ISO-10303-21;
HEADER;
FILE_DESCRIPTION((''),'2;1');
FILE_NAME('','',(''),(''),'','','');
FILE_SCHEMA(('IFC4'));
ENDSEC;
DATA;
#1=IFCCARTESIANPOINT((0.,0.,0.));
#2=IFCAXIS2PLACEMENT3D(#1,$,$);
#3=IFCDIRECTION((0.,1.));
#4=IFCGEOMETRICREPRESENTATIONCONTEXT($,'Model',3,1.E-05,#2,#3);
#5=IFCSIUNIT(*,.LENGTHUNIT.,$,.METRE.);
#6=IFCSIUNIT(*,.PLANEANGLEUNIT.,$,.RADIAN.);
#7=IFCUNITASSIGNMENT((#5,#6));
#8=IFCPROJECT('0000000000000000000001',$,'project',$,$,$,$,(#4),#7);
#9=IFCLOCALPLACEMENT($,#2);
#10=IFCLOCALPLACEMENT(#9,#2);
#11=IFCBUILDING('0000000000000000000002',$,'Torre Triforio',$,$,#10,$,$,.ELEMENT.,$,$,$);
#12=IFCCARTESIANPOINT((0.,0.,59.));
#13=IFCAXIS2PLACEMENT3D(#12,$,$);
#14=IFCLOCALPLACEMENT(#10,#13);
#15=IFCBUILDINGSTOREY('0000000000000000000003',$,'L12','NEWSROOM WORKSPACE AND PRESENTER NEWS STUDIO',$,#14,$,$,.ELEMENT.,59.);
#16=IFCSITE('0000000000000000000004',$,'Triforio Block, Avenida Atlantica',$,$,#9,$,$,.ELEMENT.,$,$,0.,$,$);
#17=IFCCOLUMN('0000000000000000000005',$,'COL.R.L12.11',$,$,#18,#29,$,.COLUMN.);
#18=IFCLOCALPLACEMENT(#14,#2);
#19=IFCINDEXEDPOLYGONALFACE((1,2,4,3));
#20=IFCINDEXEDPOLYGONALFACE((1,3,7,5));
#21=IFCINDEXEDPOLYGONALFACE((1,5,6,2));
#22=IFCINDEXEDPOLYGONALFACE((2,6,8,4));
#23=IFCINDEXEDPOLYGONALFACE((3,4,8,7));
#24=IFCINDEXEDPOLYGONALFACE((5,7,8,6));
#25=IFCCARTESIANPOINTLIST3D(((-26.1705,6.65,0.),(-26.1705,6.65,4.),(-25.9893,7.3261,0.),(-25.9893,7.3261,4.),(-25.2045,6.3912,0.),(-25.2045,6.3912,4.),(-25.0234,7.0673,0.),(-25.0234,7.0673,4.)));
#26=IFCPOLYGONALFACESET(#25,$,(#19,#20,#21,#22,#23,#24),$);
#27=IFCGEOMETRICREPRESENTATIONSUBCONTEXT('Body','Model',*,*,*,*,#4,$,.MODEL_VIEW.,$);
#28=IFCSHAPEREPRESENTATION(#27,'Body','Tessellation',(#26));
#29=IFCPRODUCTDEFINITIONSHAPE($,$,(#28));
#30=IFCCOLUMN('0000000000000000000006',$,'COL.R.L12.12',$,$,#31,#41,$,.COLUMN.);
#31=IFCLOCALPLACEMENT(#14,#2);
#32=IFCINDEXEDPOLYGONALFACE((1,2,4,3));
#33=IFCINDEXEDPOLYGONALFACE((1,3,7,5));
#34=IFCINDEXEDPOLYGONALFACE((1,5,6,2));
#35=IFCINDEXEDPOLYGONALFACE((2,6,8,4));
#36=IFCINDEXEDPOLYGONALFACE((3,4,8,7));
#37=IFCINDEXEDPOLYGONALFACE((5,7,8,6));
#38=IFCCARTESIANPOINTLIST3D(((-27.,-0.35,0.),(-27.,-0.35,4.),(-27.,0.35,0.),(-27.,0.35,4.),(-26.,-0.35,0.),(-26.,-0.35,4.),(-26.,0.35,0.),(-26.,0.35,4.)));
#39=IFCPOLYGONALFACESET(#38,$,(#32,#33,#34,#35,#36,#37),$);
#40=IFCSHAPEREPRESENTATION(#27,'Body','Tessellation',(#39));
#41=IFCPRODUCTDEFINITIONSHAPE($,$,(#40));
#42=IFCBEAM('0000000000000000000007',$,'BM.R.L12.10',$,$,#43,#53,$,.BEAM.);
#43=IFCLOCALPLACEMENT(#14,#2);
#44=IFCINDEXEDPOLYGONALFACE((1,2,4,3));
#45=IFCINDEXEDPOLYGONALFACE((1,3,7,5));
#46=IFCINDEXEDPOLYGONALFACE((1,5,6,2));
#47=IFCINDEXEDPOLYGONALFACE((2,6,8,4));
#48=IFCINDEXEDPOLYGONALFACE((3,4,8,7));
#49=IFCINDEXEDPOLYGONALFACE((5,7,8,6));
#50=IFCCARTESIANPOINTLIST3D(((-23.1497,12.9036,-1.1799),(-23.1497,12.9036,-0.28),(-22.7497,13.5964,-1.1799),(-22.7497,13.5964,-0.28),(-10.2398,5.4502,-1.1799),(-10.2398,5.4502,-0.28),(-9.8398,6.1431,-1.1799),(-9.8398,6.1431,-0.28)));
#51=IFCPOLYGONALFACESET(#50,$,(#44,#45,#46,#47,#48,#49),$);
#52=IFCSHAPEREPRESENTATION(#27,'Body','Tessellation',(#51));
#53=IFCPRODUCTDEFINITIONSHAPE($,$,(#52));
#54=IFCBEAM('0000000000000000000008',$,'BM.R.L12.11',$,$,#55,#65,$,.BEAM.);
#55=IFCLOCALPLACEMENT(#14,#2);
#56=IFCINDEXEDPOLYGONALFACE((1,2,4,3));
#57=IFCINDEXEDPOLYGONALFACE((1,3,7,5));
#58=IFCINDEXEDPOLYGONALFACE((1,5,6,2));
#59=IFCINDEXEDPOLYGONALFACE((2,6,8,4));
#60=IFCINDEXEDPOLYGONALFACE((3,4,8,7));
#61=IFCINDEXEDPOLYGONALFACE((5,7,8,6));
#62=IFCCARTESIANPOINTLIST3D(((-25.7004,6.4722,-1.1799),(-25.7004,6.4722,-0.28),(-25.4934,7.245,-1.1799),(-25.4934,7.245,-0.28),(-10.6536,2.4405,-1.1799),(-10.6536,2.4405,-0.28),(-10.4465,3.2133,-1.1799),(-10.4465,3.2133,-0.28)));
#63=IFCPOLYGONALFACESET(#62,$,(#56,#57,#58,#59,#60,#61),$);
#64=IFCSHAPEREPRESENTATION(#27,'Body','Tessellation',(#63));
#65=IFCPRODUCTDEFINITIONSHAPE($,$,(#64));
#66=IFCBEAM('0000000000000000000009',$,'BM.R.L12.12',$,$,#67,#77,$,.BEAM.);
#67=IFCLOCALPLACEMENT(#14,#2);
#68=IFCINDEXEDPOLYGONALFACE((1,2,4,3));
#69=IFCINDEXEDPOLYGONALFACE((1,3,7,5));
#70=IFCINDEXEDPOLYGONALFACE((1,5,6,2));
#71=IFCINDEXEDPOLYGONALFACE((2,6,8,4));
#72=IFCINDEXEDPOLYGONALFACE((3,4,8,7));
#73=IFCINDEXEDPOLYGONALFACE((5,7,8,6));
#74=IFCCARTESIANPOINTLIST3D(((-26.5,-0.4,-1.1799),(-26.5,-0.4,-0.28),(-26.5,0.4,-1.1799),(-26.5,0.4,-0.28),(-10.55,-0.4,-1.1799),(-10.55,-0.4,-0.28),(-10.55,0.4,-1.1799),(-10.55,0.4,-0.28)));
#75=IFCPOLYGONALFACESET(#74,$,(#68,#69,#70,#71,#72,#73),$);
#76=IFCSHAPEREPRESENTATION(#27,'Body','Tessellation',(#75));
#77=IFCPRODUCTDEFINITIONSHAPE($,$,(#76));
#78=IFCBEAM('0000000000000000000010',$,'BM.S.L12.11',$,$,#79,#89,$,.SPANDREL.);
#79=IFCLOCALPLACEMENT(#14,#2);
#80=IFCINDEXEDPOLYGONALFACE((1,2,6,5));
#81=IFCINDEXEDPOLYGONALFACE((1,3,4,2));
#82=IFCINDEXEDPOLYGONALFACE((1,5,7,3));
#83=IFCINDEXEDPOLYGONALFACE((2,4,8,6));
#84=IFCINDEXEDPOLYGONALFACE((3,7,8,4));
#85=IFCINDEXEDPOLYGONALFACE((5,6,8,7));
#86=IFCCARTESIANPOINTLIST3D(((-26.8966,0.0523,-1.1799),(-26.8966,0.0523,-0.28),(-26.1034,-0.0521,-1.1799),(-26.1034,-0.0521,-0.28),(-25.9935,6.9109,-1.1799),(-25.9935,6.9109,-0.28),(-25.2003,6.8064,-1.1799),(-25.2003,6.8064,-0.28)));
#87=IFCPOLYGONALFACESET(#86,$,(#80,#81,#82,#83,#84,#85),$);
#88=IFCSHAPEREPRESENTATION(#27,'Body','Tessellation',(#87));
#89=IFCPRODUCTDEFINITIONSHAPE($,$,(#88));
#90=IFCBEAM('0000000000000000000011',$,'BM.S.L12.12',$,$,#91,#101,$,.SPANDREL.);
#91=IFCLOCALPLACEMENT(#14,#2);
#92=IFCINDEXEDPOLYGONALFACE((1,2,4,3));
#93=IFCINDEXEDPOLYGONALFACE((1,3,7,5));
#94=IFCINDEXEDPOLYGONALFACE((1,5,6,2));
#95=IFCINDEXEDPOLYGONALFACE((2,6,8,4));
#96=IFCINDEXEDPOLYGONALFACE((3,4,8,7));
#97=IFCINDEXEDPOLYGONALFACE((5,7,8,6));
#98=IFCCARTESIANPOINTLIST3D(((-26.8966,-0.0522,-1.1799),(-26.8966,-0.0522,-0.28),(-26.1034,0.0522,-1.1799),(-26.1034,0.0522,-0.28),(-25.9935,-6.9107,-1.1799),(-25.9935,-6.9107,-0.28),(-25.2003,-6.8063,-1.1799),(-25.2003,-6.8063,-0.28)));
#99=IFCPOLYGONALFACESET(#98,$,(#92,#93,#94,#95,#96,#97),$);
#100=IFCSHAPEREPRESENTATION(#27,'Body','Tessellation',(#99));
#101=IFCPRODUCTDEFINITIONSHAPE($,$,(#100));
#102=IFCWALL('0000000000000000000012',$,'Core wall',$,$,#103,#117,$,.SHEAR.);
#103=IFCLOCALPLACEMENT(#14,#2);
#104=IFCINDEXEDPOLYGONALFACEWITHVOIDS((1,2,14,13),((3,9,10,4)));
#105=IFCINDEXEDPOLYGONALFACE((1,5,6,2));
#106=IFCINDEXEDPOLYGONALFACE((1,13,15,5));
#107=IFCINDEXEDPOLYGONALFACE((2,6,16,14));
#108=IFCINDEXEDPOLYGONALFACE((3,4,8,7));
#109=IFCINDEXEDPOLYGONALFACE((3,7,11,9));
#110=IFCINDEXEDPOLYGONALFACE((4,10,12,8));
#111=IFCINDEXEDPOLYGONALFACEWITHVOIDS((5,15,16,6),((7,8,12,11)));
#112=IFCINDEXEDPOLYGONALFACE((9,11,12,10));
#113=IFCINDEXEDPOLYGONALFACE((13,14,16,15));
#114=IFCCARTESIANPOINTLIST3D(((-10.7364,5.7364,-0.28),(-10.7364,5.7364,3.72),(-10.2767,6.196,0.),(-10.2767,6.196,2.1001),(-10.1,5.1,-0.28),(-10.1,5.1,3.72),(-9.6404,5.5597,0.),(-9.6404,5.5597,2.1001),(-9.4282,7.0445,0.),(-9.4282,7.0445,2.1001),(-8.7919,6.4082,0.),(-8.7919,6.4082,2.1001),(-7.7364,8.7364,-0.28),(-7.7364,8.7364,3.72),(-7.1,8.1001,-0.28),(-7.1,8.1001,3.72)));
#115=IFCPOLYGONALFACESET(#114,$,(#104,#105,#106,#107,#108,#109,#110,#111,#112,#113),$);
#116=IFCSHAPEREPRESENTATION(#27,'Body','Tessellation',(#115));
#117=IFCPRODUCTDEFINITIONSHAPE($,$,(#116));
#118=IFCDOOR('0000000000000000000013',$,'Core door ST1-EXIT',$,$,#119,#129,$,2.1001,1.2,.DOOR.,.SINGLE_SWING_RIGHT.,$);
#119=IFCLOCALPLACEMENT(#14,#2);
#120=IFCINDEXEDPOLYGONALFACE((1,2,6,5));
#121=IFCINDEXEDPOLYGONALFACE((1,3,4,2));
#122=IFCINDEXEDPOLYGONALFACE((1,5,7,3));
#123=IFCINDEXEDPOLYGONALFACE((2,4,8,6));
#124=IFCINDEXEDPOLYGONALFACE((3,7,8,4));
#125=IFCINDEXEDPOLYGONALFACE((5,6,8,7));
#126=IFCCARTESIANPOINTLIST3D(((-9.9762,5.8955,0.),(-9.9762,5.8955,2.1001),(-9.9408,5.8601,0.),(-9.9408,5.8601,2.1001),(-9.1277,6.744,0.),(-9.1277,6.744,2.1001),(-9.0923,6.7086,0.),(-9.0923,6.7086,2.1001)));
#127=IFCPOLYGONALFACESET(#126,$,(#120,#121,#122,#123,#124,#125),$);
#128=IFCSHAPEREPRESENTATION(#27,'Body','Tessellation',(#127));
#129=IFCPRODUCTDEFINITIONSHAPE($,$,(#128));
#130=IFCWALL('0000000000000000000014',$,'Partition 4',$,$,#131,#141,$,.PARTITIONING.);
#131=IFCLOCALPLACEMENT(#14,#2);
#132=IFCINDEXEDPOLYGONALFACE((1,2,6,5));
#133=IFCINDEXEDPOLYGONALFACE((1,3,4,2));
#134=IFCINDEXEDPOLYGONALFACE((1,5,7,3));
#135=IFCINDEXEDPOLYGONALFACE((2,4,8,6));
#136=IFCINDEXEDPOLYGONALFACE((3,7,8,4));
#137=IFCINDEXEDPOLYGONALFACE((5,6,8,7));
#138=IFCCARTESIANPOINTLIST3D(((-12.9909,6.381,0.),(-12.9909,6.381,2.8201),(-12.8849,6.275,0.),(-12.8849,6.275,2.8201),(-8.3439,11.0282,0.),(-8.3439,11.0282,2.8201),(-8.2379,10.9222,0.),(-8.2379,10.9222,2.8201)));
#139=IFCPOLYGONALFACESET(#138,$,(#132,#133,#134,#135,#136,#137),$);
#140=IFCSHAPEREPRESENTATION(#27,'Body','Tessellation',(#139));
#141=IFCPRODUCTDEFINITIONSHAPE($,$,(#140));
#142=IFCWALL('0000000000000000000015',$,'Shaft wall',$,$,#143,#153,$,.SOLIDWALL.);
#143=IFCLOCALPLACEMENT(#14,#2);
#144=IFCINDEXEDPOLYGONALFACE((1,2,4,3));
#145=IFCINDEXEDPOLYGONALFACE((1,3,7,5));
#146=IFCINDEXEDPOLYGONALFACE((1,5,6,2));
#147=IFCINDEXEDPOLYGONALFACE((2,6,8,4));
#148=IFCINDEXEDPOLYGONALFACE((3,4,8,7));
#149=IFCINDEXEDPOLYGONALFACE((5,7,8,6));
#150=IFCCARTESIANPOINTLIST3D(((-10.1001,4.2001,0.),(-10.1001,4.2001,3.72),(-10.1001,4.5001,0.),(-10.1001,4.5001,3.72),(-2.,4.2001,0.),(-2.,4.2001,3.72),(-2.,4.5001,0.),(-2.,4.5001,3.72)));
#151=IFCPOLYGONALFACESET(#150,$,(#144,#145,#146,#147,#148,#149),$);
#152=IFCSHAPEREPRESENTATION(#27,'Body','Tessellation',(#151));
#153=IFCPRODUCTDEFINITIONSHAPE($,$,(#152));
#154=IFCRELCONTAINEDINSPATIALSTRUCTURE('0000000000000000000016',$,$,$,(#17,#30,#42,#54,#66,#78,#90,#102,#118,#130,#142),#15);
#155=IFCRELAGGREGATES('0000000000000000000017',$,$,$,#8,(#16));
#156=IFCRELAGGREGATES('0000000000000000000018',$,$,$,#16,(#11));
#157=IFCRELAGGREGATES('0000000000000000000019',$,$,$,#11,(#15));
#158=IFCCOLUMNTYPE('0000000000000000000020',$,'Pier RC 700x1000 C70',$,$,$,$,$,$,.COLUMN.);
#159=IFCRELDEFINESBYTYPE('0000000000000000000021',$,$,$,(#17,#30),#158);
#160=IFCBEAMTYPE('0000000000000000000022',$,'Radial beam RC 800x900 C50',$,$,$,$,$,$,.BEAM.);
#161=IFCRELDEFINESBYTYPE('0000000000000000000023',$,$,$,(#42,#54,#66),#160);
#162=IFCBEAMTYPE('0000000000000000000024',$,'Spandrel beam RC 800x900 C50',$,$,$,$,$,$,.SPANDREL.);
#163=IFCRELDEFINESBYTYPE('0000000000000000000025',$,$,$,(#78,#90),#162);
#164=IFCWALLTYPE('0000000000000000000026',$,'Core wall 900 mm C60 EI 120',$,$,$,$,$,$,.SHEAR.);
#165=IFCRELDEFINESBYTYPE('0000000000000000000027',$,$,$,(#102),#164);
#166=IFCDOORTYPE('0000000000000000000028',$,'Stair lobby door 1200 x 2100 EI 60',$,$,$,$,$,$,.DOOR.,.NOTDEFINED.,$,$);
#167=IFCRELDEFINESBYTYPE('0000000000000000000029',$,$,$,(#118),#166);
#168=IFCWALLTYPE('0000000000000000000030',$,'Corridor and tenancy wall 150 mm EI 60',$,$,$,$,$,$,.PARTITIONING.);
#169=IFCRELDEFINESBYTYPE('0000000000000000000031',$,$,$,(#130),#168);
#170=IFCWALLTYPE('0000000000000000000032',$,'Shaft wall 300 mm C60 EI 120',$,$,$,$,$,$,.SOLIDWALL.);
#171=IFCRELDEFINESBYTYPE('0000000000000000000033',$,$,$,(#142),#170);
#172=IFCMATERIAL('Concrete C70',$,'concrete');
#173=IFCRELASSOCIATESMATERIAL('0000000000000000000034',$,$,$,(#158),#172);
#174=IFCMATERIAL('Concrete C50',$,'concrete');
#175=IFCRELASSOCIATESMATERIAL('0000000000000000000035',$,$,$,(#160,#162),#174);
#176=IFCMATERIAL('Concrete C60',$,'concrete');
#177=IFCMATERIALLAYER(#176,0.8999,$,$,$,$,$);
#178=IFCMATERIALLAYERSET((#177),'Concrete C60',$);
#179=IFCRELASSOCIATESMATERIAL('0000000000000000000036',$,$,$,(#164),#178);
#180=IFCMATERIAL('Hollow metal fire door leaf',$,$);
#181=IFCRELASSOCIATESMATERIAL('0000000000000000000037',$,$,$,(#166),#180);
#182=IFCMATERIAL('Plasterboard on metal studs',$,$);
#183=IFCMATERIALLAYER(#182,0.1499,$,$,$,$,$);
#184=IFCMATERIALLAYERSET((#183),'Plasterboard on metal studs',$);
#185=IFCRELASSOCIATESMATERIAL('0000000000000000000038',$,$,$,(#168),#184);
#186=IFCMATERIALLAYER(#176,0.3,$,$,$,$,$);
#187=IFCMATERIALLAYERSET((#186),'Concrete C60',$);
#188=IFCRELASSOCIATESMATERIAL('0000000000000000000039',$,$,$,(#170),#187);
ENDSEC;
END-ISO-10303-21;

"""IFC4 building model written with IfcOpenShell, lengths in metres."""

from ifc_helpers import new_model, si_unit, direction, frame, frame_2d, origin, origin_2d, place, context, subcontext, project, spatial, rectangle, extrude, material, layer, layer_set, material_profile, profile_set, type_object, element, fill, save


model = new_model("IFC4")

# Units and contexts
model_context = context("Model", 3, precision=1e-05, world=origin(), true_north=direction((0.0, 1.0)))
body_context = subcontext(model_context, "Body", "Model", "MODEL_VIEW")
ifc_project = project(units=[si_unit("LENGTHUNIT", "METRE"), si_unit("PLANEANGLEUNIT", "RADIAN")], contexts=[model_context])

# Site, building, storey
site_placement = place(None, origin())
site = spatial("IfcSite", under=ifc_project, at=site_placement, Name="Triforio Block, Avenida Atlantica", CompositionType="ELEMENT", RefElevation=0.0)
building_placement = place(site_placement, origin())
building = spatial("IfcBuilding", under=site, at=building_placement, Name="Torre Triforio", CompositionType="ELEMENT")
storey_placement = place(building_placement, frame((0.0, 0.0, 59.0)))
storey = spatial("IfcBuildingStorey", under=building, at=storey_placement, Name="L12", Description="NEWSROOM WORKSPACE AND PRESENTER NEWS STUDIO", CompositionType="ELEMENT", Elevation=59.0)

# Columns
ifc_material_1 = material(Name="Concrete C70", Category="concrete")
ifc_material_profile_1 = material_profile(ifc_material_1, rectangle(XDim=0.7, YDim=1.0, at=origin_2d()), Name="RC 700x1000")
ifc_profile_set_1 = profile_set([ifc_material_profile_1], Name="Concrete C70")
column_type = type_object("IfcColumnType", Name="Pier RC 700x1000 C70", PredefinedType="COLUMN", material=ifc_profile_set_1)
for number, where, z_axis, x_axis, name in (
    (1, (-25.5969, 6.8586, 0.0), (0.0, 0.0, 1.0), (-0.258819, -0.965926, 0.0), "COL.R.L12.11"),
    (2, (-26.5, 0.0, 0.0), (0.0, 0.0, 1.0), (0.0, -1.0, 0.0), "COL.R.L12.12"),
):
    element("IfcColumn", number, at=place(storey_placement, frame(where, z_axis=z_axis, x_axis=x_axis)), inside=storey, type_object=column_type, Name=name, PredefinedType="COLUMN", context=body_context, shape_type="SweptSolid", body=[
        extrude(rectangle(XDim=0.7, YDim=1.0, at=origin_2d()), origin(), (0.0, 0.0, 1.0), 4.0),
    ])

# Beams
ifc_material_2 = material(Name="Concrete C50", Category="concrete")
ifc_material_profile_2 = material_profile(ifc_material_2, rectangle(XDim=0.8, YDim=0.8999, at=origin_2d()), Name="RC 800x900")
ifc_profile_set_2 = profile_set([ifc_material_profile_2], Name="Concrete C50")
beam_type_1 = type_object("IfcBeamType", Name="Radial beam RC 800x900 C50", PredefinedType="BEAM", material=ifc_profile_set_2)
beam_1_placement = place(storey_placement, frame((-10.0398, 5.7966, -0.73), z_axis=(-0.86603, 0.499991, 0.0), x_axis=(-0.499991, -0.86603, 0.0)))
element("IfcBeam", 3, at=beam_1_placement, inside=storey, type_object=beam_type_1, Name="BM.R.L12.10", PredefinedType="BEAM", context=body_context, shape_type="SweptSolid", body=[
    extrude(rectangle(XDim=0.8, YDim=0.8999, at=origin_2d()), origin(), (0.0, 0.0, 1.0), 14.907),
])
beam_2_placement = place(storey_placement, frame((-10.55, 2.8269, -0.73), z_axis=(-0.965927, 0.258815, 0.0), x_axis=(-0.258815, -0.965927, 0.0)))
element("IfcBeam", 4, at=beam_2_placement, inside=storey, type_object=beam_type_1, Name="BM.R.L12.11", PredefinedType="BEAM", context=body_context, shape_type="SweptSolid", body=[
    extrude(rectangle(XDim=0.8, YDim=0.8999, at=origin_2d()), origin(), (0.0, 0.0, 1.0), 15.5776),
])
beam_3_placement = place(storey_placement, frame((-10.55, 0.0, -0.73), z_axis=(-1.0, 0.0, 0.0), x_axis=(0.0, -1.0, 0.0)))
element("IfcBeam", 5, at=beam_3_placement, inside=storey, type_object=beam_type_1, Name="BM.R.L12.12", PredefinedType="BEAM", context=body_context, shape_type="SweptSolid", body=[
    extrude(rectangle(XDim=0.8, YDim=0.8999, at=origin_2d()), origin(), (0.0, 0.0, 1.0), 15.95),
])
ifc_material_profile_3 = material_profile(ifc_material_2, rectangle(XDim=0.8, YDim=0.8999, at=origin_2d()), Name="RC 800x900")
ifc_profile_set_3 = profile_set([ifc_material_profile_3], Name="Concrete C50")
beam_type_2 = type_object("IfcBeamType", Name="Spandrel beam RC 800x900 C50", PredefinedType="SPANDREL", material=ifc_profile_set_3)
for number, where, z_axis, x_axis, name in (
    (6, (-25.5969, 6.8586, -0.73), (-0.130543, -0.991443, 0.0), (0.991443, -0.130543, 0.0), "BM.S.L12.11"),
    (7, (-26.5, 0.0, -0.73), (0.130543, -0.991443, 0.0), (0.991443, 0.130543, 0.0), "BM.S.L12.12"),
):
    element("IfcBeam", number, at=place(storey_placement, frame(where, z_axis=z_axis, x_axis=x_axis)), inside=storey, type_object=beam_type_2, Name=name, PredefinedType="SPANDREL", context=body_context, shape_type="SweptSolid", body=[
        extrude(rectangle(XDim=0.8, YDim=0.8999, at=origin_2d()), origin(), (0.0, 0.0, 1.0), 6.9177),
    ])

# Wall, opening, door
ifc_material_3 = material(Name="Concrete C60", Category="concrete")
ifc_layer_1 = layer(ifc_material_3, 0.8999)
ifc_layer_set_1 = layer_set([ifc_layer_1], Name="Concrete C60")
wall_type_1 = type_object("IfcWallType", Name="Core wall 900 mm C60 EI 120", PredefinedType="SHEAR", material=ifc_layer_set_1)
wall_1_placement = place(storey_placement, frame((-10.4182, 5.4182, -0.28), z_axis=(0.0, 0.0, 1.0), x_axis=(0.707107, 0.707107, 0.0)))
wall_1 = element("IfcWall", 8, at=wall_1_placement, inside=storey, type_object=wall_type_1, Name="Core wall", PredefinedType="SHEAR", context=body_context, shape_type="SweptSolid", body=[
    extrude(rectangle(XDim=4.2427, YDim=0.8999, at=frame_2d((2.1213, 0.0))), origin(), (0.0, 0.0, 1.0), 4.0),
])
opening_1_placement = place(wall_1_placement, frame((0.6499, 0.0, 0.28)))
opening_1 = element("IfcOpeningElement", 9, at=opening_1_placement, cuts=wall_1, PredefinedType="OPENING", context=body_context, shape_type="SweptSolid", body=[
    extrude(rectangle(XDim=1.2, YDim=2.1001, at=frame_2d((0.6001, 1.05))), frame((0.0, 0.46, 0.0), z_axis=(0.0, -1.0, 0.0), x_axis=(1.0, 0.0, 0.0)), (0.0, 0.0, 1.0), 0.9199),
])
ifc_material_4 = material(Name="Hollow metal fire door leaf")
door_type_1 = type_object("IfcDoorType", Name="Stair lobby door 1200 x 2100 EI 60", OperationType="NOTDEFINED", PredefinedType="DOOR", material=ifc_material_4)
door_1_placement = place(opening_1_placement, origin())
door_1 = element("IfcDoor", 10, at=door_1_placement, inside=storey, type_object=door_type_1, Name="Core door ST1-EXIT", OperationType="SINGLE_SWING_RIGHT", OverallHeight=2.1001, OverallWidth=1.2, PredefinedType="DOOR", context=body_context, shape_type="SweptSolid", body=[
    extrude(rectangle(XDim=1.2, YDim=2.1001, at=frame_2d((0.6001, 1.05))), frame((0.0, 0.0249, 0.0), z_axis=(0.0, -1.0, 0.0), x_axis=(1.0, 0.0, 0.0)), (0.0, 0.0, 1.0), 0.05),
])
fill(opening_1, door_1)

# Walls
ifc_material_5 = material(Name="Plasterboard on metal studs")
ifc_layer_2 = layer(ifc_material_5, 0.1499)
ifc_layer_set_2 = layer_set([ifc_layer_2], Name="Plasterboard on metal studs")
wall_type_2 = type_object("IfcWallType", Name="Corridor and tenancy wall 150 mm EI 60", PredefinedType="PARTITIONING", material=ifc_layer_set_2)
wall_2_placement = place(storey_placement, frame((-12.938, 6.3279, 0.0), z_axis=(0.0, 0.0, 1.0), x_axis=(0.707088, 0.707125, 0.0)))
element("IfcWall", 11, at=wall_2_placement, inside=storey, type_object=wall_type_2, Name="Partition 4", PredefinedType="PARTITIONING", context=body_context, shape_type="SweptSolid", body=[
    extrude(rectangle(XDim=6.572, YDim=0.1499, at=frame_2d((3.2861, 0.0))), origin(), (0.0, 0.0, 1.0), 2.8201),
])
ifc_layer_3 = layer(ifc_material_3, 0.3)
ifc_layer_set_3 = layer_set([ifc_layer_3], Name="Concrete C60")
wall_type_3 = type_object("IfcWallType", Name="Shaft wall 300 mm C60 EI 120", PredefinedType="SOLIDWALL", material=ifc_layer_set_3)
wall_3_placement = place(storey_placement, frame((-10.1001, 4.3501, 0.0), z_axis=(0.0, 0.0, 1.0), x_axis=(1.0, 0.0, 0.0)))
element("IfcWall", 12, at=wall_3_placement, inside=storey, type_object=wall_type_3, Name="Shaft wall", PredefinedType="SOLIDWALL", context=body_context, shape_type="SweptSolid", body=[
    extrude(rectangle(XDim=8.1001, YDim=0.3, at=frame_2d((4.05, 0.0))), origin(), (0.0, 0.0, 1.0), 3.72),
])

save(model, "model.ifc")
